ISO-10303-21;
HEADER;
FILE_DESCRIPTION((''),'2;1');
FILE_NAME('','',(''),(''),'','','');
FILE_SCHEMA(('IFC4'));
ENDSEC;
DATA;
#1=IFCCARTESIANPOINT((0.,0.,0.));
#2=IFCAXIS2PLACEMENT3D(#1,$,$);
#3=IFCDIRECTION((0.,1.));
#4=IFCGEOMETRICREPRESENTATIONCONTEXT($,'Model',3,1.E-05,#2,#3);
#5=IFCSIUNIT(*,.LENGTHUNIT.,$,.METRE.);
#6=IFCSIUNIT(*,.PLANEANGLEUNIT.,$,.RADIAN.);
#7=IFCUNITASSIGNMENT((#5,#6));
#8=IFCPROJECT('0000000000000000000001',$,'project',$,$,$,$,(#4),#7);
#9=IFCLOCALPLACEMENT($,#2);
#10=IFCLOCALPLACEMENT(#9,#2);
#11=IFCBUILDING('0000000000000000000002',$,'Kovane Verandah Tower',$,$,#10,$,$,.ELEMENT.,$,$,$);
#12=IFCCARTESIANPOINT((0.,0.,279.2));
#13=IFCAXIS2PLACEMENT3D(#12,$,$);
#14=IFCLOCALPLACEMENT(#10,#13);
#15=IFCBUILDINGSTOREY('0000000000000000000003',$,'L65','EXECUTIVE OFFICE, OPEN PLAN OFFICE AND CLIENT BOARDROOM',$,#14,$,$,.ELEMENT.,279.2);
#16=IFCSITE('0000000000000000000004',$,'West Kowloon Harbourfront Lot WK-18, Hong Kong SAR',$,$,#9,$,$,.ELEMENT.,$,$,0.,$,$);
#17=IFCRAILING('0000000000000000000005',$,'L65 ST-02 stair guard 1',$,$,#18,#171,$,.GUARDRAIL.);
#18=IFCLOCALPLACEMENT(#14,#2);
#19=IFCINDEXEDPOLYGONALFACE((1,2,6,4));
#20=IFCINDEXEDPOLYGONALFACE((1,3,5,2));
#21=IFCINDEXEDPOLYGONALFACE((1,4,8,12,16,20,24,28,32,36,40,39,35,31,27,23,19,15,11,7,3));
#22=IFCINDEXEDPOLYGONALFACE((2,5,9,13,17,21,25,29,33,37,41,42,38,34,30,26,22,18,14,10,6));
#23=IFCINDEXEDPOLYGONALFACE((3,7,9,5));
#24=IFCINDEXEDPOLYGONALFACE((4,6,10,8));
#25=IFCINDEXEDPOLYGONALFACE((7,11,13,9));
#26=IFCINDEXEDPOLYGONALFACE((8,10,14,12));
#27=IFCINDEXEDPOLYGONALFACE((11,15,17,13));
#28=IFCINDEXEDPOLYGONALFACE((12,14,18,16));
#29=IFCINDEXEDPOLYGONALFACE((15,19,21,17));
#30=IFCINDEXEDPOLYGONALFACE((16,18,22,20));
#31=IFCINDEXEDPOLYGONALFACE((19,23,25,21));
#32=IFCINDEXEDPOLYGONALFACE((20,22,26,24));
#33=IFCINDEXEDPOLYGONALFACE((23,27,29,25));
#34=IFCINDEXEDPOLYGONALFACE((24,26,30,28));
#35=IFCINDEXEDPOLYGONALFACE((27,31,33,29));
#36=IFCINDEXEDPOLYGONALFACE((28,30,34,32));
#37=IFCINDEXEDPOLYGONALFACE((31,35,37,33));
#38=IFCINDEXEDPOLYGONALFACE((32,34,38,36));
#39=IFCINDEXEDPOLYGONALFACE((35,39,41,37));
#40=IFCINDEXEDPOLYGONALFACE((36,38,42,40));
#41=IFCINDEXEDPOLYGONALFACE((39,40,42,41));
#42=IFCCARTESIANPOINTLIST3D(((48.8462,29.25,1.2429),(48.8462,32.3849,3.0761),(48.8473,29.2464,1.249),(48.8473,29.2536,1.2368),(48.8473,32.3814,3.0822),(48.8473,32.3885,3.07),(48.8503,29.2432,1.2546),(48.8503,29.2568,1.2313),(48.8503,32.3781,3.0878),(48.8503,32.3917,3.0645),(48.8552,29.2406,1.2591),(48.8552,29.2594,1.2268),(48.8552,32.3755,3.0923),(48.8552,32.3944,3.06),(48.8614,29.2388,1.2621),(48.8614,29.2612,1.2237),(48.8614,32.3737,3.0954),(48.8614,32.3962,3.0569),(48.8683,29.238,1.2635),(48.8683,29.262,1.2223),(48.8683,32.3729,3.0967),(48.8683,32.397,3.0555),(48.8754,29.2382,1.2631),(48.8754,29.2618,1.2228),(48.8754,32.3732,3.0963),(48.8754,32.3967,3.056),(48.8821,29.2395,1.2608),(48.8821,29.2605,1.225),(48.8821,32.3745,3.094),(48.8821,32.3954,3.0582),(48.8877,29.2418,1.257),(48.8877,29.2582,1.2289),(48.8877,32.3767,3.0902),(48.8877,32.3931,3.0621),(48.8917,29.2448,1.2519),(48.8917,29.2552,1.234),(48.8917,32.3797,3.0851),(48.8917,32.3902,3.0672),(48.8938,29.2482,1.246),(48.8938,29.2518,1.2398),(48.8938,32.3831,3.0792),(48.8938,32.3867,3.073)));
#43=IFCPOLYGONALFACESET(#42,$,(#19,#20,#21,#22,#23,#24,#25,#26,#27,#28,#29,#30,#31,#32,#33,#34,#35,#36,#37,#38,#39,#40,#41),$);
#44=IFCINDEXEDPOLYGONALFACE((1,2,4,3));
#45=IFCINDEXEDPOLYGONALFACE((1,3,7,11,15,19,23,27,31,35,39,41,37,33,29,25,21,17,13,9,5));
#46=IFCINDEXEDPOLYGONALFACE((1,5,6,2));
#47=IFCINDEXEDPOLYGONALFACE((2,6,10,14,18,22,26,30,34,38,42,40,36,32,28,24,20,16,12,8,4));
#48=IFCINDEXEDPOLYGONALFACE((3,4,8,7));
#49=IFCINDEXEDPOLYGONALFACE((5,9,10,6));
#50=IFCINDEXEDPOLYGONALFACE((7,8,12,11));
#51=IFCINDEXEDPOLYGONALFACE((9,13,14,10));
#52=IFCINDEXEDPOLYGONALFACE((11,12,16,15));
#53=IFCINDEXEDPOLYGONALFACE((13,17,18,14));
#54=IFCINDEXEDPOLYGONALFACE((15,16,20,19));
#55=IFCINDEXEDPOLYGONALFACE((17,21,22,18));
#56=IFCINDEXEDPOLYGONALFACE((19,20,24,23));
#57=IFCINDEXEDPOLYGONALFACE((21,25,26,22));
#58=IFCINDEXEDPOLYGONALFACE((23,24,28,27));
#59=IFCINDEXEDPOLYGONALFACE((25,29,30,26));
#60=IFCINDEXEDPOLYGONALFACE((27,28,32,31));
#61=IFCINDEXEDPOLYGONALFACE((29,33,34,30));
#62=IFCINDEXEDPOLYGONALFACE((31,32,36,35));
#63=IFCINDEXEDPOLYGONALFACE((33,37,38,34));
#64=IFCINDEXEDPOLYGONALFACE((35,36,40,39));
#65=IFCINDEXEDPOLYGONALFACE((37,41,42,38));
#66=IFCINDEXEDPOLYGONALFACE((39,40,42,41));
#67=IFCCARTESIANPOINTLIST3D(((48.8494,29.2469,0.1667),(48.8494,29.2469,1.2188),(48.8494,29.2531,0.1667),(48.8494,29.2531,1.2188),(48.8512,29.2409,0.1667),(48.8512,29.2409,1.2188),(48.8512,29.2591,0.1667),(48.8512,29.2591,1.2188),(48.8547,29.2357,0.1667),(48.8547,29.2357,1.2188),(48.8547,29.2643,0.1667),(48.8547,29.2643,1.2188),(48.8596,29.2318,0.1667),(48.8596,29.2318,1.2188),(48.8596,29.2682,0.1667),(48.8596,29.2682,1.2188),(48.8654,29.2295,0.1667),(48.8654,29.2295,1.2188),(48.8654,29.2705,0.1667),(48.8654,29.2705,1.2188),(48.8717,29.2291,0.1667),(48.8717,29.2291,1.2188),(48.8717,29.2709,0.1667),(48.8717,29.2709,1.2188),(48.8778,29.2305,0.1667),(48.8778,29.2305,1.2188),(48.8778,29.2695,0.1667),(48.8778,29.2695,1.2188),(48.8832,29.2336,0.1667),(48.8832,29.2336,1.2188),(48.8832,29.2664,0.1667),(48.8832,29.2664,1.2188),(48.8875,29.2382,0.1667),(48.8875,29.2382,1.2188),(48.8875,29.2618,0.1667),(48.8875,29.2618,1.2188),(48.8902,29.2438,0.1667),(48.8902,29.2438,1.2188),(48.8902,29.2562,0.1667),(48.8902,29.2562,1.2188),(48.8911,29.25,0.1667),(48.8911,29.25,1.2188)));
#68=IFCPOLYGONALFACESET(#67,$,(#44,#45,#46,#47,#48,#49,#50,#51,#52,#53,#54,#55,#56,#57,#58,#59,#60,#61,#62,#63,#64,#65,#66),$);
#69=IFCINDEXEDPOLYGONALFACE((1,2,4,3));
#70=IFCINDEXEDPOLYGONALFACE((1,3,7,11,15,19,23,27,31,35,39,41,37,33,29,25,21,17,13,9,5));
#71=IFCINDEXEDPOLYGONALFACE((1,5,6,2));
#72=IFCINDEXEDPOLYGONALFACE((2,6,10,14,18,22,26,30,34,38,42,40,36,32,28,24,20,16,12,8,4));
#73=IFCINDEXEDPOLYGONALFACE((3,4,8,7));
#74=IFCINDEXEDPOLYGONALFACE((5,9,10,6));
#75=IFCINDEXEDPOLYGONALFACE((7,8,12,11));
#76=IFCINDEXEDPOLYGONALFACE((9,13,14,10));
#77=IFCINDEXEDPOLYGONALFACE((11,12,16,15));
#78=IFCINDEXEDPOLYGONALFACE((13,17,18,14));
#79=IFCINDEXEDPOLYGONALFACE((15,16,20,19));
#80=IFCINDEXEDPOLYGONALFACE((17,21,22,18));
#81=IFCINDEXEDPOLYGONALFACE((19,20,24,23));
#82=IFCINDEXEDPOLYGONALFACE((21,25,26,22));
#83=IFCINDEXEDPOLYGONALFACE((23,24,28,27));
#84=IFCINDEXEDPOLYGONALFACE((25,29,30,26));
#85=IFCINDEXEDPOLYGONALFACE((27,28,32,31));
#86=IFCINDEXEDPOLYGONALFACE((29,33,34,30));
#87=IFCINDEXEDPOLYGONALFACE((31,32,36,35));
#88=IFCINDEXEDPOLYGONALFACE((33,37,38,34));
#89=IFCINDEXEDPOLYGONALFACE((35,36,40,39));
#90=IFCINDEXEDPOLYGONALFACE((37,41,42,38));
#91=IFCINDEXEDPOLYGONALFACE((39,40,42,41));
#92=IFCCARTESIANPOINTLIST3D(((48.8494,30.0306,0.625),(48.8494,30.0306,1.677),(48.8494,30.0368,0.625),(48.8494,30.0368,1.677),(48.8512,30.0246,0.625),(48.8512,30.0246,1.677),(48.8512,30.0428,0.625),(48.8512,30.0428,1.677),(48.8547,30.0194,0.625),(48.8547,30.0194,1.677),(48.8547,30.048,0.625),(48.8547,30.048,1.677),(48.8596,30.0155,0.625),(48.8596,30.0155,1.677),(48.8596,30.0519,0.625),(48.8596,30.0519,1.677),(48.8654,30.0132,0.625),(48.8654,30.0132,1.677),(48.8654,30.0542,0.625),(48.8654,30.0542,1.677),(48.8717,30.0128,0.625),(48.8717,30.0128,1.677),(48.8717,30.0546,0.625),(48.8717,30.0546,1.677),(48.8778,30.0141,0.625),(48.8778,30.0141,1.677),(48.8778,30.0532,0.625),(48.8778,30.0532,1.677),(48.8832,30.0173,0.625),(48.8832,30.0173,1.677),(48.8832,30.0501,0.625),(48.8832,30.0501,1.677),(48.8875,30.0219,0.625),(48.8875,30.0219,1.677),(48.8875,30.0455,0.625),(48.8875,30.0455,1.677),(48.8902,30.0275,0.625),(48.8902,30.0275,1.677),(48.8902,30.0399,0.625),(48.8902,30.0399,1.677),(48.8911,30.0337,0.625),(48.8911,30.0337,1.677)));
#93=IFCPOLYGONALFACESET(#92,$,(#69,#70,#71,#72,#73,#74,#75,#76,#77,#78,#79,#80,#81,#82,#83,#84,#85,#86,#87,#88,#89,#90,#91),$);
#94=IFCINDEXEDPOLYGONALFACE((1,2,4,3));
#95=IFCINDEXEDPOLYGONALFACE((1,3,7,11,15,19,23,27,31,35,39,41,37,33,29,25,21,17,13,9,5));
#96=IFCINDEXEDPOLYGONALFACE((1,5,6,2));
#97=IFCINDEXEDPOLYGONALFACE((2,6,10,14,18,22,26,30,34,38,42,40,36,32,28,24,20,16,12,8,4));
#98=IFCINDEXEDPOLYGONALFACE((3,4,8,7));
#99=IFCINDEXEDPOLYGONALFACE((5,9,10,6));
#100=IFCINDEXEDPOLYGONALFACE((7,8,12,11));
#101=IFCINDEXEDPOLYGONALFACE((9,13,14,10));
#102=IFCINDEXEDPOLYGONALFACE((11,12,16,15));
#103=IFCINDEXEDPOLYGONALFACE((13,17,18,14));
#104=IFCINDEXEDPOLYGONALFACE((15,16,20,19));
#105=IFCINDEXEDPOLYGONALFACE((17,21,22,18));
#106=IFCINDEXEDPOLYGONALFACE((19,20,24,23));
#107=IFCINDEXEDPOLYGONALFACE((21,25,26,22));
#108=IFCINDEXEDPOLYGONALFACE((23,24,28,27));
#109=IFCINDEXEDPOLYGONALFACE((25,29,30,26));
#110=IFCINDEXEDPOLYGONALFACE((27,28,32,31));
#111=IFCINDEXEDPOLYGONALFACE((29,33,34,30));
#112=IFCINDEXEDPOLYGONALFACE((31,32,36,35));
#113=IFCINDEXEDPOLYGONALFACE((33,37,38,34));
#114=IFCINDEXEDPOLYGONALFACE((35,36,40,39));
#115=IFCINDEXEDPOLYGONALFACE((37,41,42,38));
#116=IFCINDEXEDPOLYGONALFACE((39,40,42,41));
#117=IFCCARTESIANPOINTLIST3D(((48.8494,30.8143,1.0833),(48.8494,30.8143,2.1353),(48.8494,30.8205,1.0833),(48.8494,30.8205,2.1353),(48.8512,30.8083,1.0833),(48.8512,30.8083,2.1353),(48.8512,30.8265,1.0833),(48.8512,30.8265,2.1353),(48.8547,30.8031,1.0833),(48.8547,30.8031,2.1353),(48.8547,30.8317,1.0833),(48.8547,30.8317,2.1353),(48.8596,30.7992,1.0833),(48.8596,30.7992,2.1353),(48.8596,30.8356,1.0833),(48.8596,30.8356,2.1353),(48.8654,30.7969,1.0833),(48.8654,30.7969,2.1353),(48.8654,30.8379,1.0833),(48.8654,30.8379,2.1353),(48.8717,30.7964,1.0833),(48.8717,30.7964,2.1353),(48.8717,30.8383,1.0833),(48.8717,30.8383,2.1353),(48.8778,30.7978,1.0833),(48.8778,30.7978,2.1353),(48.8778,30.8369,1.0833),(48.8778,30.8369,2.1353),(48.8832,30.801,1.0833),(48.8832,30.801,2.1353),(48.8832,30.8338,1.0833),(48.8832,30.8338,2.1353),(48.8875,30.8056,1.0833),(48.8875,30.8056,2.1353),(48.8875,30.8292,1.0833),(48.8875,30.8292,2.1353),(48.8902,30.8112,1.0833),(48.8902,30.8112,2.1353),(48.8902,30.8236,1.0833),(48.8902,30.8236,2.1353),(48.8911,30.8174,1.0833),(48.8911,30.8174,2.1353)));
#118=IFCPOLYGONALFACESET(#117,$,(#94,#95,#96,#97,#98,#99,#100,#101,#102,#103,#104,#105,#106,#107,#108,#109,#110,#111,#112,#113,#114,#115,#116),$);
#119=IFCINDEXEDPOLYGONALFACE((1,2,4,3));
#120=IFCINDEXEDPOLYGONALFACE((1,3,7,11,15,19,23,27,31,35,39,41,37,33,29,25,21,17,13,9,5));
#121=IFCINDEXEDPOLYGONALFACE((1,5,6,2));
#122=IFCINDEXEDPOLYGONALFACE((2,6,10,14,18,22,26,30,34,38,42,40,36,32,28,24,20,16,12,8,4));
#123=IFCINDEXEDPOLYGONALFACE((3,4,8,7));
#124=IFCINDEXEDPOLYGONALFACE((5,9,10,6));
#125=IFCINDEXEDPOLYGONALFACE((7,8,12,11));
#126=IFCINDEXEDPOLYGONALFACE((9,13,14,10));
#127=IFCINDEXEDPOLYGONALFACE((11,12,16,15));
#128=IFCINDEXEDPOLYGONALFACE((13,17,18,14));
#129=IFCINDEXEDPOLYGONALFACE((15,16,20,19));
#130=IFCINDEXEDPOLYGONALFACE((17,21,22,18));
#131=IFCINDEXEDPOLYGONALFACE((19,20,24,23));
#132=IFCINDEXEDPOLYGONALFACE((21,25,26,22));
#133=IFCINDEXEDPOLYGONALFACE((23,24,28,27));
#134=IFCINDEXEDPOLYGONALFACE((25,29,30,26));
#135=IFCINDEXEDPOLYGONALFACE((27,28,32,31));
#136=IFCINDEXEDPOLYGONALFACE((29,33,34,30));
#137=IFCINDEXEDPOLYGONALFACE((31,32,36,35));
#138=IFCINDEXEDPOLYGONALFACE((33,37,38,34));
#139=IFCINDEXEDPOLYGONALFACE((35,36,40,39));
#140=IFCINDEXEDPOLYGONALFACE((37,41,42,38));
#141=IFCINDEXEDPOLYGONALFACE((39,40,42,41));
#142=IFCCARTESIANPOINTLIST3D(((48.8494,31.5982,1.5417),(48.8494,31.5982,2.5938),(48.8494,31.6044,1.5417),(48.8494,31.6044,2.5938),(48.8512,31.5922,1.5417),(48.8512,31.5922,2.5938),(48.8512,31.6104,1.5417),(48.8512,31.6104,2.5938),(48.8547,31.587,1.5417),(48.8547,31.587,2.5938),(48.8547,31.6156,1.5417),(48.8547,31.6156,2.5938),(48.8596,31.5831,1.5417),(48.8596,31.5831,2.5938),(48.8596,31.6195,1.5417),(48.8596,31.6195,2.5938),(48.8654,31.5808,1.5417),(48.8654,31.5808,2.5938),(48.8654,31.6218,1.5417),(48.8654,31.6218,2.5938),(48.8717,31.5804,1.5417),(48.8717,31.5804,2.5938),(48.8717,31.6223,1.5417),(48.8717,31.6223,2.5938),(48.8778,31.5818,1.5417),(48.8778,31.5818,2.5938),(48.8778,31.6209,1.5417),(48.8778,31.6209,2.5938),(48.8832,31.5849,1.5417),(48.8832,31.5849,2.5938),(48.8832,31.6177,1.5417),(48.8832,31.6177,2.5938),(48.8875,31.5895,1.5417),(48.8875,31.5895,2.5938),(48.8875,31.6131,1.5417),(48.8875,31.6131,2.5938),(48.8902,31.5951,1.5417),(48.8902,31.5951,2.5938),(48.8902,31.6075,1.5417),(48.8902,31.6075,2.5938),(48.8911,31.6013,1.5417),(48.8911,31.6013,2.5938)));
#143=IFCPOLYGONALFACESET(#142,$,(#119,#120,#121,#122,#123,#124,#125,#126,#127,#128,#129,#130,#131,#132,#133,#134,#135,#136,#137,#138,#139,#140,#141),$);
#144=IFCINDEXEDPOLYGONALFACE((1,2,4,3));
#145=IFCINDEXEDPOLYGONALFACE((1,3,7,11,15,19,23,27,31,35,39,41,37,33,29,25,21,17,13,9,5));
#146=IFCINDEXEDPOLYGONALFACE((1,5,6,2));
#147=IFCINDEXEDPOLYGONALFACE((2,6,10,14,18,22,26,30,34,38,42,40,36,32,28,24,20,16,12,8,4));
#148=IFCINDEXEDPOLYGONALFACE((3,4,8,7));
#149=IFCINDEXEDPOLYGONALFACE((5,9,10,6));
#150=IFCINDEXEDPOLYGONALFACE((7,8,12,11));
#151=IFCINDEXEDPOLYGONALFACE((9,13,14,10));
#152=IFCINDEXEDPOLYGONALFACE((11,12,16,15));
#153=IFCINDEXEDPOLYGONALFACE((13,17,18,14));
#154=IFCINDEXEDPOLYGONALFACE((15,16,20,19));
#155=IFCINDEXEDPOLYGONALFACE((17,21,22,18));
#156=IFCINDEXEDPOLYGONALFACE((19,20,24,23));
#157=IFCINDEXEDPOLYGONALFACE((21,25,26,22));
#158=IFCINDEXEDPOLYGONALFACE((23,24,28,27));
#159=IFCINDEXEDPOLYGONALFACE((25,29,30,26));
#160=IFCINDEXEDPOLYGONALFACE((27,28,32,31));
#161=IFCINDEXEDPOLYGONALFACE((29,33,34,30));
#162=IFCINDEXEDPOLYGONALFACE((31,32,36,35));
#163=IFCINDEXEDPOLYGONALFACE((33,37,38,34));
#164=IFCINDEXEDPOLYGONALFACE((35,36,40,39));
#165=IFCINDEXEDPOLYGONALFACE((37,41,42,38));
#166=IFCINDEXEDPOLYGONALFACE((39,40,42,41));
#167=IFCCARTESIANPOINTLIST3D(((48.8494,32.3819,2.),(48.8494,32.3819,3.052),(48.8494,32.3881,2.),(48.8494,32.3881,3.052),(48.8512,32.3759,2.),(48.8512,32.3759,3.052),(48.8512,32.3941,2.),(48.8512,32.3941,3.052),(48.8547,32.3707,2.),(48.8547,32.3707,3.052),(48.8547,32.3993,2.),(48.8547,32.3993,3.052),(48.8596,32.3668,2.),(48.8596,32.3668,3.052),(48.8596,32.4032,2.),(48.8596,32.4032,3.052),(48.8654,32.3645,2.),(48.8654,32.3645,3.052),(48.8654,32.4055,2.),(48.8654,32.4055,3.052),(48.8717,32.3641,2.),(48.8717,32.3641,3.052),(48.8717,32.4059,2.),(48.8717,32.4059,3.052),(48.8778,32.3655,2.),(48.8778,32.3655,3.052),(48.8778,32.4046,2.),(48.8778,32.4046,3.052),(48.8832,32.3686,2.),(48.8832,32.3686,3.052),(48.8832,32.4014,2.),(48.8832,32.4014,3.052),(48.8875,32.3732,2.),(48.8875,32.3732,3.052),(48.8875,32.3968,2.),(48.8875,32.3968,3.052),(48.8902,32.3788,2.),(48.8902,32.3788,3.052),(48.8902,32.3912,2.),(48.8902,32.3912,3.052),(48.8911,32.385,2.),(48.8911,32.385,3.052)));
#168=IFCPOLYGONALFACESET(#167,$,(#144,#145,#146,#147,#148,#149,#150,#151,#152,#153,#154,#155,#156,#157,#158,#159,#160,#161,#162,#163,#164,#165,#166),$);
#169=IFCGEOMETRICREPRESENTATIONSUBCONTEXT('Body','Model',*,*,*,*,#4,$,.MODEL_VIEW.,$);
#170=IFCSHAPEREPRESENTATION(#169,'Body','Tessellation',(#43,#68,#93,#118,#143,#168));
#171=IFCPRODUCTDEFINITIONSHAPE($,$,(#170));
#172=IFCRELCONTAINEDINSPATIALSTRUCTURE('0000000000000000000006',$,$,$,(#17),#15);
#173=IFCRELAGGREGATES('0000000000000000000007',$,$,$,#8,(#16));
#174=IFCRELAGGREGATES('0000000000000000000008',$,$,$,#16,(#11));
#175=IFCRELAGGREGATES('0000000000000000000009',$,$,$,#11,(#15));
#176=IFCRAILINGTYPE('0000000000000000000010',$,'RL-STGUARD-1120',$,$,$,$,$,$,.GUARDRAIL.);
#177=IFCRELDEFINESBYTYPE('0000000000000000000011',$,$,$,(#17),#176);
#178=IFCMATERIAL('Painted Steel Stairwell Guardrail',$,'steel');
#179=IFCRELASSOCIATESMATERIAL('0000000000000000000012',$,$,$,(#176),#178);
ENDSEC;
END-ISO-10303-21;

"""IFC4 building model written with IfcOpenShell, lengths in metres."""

from ifc_helpers import new_model, si_unit, direction, frame, origin, origin_2d, place, context, subcontext, project, spatial, circle, extrude, material, type_object, element, save


model = new_model("IFC4")

# Units and contexts
model_context = context("Model", 3, precision=1e-05, world=origin(), true_north=direction((0.0, 1.0)))
body_context = subcontext(model_context, "Body", "Model", "MODEL_VIEW")
ifc_project = project(units=[si_unit("LENGTHUNIT", "METRE"), si_unit("PLANEANGLEUNIT", "RADIAN")], contexts=[model_context])

# Site, building, storey
site_placement = place(None, origin())
site = spatial("IfcSite", under=ifc_project, at=site_placement, Name="West Kowloon Harbourfront Lot WK-18, Hong Kong SAR", CompositionType="ELEMENT", RefElevation=0.0)
building_placement = place(site_placement, origin())
building = spatial("IfcBuilding", under=site, at=building_placement, Name="Kovane Verandah Tower", CompositionType="ELEMENT")
storey_placement = place(building_placement, frame((0.0, 0.0, 279.2)))
storey = spatial("IfcBuildingStorey", under=building, at=storey_placement, Name="L65", Description="EXECUTIVE OFFICE, OPEN PLAN OFFICE AND CLIENT BOARDROOM", CompositionType="ELEMENT", Elevation=279.2)

# Railing
ifc_material_1 = material(Name="Painted Steel Stairwell Guardrail", Category="steel")
railing_type_1 = type_object("IfcRailingType", Name="RL-STGUARD-1120", PredefinedType="GUARDRAIL", material=ifc_material_1)
railing_1_placement = place(storey_placement, frame((48.8701, 29.25, 0.1667)))
element("IfcRailing", 1, at=railing_1_placement, inside=storey, type_object=railing_type_1, Name="L65 ST-02 stair guard 1", PredefinedType="GUARDRAIL", context=body_context, shape_type="SweptSolid", body=[
    extrude(circle(Radius=0.0239, at=origin_2d()), frame((0.0, 0.0, 1.0762), z_axis=(0.0, 0.86324, 0.504794), x_axis=(-1.0, 0.0, 0.0)), (0.0, 0.0, 1.0), 3.6316),
    extrude(circle(Radius=0.021, at=origin_2d()), origin(), (0.0, 0.0, 1.0), 1.052),
    extrude(circle(Radius=0.021, at=origin_2d()), frame((0.0, 0.7837, 0.4583)), (0.0, 0.0, 1.0), 1.052),
    extrude(circle(Radius=0.021, at=origin_2d()), frame((0.0, 1.5674, 0.9165)), (0.0, 0.0, 1.0), 1.052),
    extrude(circle(Radius=0.021, at=origin_2d()), frame((0.0, 2.3513, 1.375)), (0.0, 0.0, 1.0), 1.052),
    extrude(circle(Radius=0.021, at=origin_2d()), frame((0.0, 3.135, 1.8333)), (0.0, 0.0, 1.0), 1.052),
])

save(model, "model.ifc")
